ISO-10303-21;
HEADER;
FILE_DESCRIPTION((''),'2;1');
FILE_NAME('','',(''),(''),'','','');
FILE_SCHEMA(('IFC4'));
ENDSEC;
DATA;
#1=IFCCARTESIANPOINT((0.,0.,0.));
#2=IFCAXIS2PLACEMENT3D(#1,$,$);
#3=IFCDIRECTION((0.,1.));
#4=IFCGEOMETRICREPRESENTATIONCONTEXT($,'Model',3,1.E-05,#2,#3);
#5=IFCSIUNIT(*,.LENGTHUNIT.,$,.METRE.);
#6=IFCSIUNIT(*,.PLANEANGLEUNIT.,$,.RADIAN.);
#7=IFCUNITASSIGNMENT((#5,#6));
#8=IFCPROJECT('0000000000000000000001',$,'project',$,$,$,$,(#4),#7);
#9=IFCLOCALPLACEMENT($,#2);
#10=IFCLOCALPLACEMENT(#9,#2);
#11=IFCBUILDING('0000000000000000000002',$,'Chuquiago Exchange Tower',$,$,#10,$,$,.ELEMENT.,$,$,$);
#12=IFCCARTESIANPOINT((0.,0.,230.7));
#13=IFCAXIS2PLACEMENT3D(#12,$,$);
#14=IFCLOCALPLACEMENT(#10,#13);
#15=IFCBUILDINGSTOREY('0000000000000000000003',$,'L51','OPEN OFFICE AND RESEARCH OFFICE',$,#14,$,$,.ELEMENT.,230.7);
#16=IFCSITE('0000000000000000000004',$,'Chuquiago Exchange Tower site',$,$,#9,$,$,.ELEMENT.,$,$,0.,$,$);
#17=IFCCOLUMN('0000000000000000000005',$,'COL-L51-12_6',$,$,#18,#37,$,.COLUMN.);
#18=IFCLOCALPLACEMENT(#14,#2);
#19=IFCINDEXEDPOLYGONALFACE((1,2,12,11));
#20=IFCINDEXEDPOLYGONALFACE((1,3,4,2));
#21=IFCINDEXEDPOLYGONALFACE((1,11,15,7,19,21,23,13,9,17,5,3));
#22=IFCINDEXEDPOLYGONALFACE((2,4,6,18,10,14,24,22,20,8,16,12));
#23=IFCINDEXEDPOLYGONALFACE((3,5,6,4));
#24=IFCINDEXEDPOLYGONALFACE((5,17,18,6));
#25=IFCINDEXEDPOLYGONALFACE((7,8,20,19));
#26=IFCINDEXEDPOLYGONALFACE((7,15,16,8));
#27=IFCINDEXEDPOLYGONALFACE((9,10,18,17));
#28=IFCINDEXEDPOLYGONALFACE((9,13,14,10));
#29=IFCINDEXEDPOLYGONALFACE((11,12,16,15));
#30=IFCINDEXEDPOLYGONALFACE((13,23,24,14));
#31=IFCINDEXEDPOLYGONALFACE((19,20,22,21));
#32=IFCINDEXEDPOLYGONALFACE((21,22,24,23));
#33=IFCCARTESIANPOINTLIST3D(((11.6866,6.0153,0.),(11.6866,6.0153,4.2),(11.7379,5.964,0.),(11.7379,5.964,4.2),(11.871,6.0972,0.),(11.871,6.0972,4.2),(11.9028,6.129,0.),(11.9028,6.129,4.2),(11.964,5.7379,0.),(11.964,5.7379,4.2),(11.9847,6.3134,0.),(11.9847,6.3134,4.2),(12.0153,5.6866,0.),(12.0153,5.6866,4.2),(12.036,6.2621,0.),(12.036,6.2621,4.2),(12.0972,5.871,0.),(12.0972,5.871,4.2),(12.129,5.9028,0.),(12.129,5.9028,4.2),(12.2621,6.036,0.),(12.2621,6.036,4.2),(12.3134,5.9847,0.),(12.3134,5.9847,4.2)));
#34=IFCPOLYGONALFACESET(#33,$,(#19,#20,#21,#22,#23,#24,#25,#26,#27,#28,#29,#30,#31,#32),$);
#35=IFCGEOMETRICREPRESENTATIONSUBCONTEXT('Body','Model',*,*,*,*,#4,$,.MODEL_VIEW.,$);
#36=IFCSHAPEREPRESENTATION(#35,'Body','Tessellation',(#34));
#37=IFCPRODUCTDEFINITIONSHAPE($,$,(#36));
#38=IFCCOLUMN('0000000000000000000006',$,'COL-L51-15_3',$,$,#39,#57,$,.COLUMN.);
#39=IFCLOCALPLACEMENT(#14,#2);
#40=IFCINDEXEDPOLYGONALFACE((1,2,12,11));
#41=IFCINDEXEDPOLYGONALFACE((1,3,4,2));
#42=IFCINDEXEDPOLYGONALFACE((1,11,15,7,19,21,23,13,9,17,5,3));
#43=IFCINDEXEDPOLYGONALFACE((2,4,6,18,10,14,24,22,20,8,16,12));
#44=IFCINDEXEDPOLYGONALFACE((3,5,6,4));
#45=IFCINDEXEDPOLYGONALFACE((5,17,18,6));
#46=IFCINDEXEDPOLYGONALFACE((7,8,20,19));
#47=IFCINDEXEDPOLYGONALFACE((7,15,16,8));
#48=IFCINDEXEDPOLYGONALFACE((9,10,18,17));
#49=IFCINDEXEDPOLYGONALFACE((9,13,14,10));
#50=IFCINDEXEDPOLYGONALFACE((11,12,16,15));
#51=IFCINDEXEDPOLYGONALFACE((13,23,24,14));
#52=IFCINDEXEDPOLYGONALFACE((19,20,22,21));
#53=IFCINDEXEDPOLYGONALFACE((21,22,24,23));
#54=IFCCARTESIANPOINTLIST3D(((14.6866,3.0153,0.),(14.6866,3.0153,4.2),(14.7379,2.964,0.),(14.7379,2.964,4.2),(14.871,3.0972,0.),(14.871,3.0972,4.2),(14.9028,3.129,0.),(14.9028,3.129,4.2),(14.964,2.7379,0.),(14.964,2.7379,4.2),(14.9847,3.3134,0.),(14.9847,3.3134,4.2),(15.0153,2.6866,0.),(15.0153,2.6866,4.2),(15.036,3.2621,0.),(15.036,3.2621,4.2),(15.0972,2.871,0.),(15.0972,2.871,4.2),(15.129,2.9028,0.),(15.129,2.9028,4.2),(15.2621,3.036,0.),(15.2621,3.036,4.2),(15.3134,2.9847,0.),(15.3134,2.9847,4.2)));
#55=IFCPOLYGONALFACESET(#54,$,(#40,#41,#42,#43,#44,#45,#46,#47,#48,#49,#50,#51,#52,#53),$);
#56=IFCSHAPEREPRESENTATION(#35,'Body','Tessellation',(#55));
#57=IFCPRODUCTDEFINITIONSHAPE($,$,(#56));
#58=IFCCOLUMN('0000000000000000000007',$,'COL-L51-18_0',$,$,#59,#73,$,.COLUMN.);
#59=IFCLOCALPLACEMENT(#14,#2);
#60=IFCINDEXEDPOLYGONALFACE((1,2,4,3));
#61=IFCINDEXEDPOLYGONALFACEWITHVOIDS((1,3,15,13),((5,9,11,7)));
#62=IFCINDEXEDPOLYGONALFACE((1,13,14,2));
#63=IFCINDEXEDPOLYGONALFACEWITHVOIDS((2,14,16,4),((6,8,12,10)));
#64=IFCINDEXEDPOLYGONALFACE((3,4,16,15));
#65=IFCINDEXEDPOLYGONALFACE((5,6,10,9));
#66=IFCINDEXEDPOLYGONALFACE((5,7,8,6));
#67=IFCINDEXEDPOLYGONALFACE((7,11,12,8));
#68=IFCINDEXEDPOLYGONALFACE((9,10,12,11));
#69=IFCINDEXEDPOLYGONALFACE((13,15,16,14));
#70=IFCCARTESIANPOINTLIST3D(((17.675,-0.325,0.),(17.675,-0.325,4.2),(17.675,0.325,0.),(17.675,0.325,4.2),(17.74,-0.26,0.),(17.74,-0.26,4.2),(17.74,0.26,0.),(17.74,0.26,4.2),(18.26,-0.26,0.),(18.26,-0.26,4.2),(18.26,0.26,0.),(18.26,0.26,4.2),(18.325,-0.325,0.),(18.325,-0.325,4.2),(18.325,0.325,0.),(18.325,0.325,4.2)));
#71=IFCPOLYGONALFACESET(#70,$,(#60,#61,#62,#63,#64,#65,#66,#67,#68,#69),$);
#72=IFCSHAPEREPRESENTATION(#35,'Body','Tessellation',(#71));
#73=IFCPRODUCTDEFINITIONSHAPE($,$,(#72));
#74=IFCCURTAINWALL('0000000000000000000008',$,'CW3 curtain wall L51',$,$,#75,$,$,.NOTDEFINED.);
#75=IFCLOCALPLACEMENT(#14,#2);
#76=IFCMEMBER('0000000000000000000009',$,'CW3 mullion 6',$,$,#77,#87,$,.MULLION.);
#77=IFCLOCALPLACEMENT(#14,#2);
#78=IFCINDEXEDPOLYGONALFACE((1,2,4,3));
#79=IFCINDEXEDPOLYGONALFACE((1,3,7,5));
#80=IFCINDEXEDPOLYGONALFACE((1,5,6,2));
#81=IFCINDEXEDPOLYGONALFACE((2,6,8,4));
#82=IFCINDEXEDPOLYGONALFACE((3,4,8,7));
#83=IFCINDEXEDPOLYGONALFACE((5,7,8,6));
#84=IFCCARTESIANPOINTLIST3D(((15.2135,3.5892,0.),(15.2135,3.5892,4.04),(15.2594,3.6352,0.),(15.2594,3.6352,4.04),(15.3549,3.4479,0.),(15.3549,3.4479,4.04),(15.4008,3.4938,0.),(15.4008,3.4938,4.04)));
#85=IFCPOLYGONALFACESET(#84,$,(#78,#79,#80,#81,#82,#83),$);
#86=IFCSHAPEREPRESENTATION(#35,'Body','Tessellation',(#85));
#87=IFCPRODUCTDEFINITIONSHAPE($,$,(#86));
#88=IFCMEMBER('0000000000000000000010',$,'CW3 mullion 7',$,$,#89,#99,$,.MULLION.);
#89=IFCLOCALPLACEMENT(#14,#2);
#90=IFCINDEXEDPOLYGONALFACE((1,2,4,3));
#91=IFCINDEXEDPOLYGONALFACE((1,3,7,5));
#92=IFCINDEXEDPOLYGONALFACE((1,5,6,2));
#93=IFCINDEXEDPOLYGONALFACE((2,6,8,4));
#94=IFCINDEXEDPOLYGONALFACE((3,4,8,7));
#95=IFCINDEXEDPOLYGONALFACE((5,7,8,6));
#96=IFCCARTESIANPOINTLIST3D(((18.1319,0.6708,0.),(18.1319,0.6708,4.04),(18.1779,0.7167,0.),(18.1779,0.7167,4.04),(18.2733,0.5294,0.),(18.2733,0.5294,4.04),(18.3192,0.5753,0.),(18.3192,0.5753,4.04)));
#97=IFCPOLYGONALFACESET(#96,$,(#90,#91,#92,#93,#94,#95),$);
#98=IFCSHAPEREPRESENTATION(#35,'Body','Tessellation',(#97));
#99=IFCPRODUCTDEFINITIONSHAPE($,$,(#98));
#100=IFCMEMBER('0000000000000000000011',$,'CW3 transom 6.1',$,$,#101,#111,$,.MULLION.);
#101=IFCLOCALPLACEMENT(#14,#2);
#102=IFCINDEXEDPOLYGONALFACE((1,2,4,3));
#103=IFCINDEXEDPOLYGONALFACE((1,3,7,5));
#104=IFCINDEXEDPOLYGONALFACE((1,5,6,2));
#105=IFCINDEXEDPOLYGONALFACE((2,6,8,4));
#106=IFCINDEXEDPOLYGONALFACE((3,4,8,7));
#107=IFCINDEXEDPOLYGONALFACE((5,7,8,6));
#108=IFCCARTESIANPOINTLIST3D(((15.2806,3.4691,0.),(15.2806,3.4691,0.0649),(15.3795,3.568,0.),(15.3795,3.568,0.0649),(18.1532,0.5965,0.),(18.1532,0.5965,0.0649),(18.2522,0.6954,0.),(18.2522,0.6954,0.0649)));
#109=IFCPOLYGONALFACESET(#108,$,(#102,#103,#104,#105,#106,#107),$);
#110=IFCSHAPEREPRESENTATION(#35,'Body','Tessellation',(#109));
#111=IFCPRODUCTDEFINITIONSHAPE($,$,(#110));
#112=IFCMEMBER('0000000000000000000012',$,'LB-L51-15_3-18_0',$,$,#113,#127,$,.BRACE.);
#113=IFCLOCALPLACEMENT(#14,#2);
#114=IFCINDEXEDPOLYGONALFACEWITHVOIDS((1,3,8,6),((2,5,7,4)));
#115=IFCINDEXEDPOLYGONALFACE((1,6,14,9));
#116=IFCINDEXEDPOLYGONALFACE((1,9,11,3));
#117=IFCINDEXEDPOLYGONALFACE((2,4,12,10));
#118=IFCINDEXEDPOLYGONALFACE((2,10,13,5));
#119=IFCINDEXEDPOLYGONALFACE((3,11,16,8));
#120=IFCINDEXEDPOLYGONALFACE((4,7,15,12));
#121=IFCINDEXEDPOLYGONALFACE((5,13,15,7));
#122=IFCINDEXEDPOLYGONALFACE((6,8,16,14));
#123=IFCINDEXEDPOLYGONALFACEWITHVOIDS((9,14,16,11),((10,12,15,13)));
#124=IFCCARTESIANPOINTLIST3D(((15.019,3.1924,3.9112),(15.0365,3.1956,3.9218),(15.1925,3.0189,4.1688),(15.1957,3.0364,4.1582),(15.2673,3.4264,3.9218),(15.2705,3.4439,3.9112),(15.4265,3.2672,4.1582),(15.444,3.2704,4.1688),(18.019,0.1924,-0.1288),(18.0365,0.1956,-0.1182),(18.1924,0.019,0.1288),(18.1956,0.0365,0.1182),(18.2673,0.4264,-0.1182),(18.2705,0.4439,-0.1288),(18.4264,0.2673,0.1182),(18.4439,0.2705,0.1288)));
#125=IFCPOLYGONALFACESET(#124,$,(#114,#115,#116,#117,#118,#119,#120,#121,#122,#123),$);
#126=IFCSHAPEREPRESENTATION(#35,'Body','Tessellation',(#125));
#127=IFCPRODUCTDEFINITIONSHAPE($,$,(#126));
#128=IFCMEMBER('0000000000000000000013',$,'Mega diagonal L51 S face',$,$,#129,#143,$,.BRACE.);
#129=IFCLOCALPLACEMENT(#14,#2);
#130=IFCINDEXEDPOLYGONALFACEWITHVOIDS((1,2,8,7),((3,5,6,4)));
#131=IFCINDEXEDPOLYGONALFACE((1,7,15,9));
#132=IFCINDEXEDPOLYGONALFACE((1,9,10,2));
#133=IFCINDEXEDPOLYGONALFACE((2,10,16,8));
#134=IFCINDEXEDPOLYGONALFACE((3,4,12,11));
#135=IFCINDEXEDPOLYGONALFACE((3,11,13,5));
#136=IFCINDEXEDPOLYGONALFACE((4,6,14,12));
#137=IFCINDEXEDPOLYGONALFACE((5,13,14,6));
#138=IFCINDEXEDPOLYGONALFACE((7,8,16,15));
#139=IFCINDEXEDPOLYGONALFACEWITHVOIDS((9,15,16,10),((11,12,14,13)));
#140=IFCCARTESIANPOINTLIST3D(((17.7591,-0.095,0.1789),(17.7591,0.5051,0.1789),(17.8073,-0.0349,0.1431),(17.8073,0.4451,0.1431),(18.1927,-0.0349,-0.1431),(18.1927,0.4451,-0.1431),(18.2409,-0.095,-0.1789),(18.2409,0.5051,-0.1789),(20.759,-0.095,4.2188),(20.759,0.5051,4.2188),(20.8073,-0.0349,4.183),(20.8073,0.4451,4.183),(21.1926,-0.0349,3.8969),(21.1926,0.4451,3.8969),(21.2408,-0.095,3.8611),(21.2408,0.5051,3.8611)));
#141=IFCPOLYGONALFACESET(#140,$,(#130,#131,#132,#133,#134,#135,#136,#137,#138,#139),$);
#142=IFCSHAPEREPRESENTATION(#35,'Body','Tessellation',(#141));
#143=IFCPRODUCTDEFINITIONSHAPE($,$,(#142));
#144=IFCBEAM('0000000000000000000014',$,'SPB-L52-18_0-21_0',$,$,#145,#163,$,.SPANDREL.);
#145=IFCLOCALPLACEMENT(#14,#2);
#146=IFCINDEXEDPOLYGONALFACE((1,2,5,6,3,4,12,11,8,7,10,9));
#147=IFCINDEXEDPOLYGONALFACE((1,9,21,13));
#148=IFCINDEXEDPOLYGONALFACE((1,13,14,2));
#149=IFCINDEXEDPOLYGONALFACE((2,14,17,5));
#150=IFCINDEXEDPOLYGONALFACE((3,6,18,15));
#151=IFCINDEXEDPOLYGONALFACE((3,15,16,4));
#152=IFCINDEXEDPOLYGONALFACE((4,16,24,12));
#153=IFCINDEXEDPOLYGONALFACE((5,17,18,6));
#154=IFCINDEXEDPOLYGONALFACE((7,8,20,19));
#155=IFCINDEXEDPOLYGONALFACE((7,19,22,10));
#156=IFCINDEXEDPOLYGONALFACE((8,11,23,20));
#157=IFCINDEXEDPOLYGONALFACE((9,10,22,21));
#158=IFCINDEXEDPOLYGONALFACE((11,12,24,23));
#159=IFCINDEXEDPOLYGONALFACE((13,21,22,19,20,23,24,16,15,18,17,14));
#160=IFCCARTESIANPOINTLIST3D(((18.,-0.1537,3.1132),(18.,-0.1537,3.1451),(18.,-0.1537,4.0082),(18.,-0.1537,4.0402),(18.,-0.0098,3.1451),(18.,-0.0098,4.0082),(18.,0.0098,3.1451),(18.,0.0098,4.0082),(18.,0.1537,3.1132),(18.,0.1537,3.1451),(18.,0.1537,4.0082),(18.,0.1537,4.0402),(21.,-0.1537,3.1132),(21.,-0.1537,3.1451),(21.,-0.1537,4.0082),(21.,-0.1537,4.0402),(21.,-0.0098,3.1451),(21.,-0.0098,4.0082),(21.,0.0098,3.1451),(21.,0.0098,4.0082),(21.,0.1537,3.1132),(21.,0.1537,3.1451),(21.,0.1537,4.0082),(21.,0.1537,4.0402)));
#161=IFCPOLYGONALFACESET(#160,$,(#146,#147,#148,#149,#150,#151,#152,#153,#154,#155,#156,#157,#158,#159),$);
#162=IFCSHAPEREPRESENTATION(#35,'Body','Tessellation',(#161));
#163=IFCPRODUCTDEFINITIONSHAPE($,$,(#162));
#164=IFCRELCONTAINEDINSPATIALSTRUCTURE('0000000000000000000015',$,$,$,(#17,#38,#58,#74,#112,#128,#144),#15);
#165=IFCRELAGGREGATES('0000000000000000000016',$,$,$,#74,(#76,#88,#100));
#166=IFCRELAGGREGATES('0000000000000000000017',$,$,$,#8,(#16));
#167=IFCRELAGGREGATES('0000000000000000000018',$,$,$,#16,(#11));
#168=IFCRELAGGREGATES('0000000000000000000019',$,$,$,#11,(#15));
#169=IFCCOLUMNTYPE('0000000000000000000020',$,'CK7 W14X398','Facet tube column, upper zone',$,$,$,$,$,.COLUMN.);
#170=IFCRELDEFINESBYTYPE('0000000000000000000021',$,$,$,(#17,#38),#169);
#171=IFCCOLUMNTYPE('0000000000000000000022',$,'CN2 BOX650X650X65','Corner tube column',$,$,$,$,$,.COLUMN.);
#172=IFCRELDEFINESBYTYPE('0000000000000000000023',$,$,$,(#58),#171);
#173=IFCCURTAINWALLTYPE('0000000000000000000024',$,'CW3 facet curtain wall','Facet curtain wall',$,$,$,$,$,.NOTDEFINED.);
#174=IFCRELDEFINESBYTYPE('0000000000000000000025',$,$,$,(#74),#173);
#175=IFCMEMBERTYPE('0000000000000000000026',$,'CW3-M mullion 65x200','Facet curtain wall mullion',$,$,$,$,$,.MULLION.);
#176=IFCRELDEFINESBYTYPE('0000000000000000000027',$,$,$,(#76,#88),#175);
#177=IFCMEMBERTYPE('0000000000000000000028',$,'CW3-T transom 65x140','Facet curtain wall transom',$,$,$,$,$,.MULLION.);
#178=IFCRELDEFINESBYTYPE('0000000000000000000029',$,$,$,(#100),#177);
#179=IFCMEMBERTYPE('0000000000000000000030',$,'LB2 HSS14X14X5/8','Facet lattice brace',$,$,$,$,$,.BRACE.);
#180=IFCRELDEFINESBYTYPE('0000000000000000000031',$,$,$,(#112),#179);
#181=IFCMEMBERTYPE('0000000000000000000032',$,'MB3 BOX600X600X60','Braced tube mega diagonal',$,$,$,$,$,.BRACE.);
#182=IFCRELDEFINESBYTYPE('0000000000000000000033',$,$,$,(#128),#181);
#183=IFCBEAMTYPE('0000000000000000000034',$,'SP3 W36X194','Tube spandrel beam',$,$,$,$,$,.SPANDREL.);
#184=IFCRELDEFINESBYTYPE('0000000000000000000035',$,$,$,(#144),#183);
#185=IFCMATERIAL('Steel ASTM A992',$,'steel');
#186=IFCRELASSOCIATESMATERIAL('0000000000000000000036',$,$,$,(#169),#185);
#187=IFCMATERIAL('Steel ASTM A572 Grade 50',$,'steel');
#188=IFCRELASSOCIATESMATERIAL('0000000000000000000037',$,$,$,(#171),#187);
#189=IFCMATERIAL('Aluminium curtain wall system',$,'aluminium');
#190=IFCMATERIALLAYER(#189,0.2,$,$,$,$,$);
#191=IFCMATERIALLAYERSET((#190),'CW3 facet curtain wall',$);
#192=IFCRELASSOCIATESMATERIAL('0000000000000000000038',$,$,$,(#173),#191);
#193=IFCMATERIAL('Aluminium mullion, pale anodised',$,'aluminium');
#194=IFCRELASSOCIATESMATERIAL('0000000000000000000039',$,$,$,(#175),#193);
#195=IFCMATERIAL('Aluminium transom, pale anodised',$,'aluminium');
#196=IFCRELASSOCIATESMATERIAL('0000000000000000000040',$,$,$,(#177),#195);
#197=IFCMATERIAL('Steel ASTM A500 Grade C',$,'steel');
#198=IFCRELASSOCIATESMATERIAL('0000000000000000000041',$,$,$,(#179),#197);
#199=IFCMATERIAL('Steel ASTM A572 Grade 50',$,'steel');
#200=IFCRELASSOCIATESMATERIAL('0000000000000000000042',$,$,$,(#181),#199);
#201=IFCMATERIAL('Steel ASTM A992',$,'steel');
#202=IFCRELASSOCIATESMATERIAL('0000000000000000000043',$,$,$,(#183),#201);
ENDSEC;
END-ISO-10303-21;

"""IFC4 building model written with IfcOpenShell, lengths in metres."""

from ifc_helpers import new_model, si_unit, direction, frame, origin, origin_2d, place, context, subcontext, project, spatial, rectangle, hollow_rectangle, i_section, extrude, material, layer, layer_set, material_profile, profile_set, type_object, element, aggregate, save


model = new_model("IFC4")

# Units and contexts
model_context = context("Model", 3, precision=1e-05, world=origin(), true_north=direction((0.0, 1.0)))
body_context = subcontext(model_context, "Body", "Model", "MODEL_VIEW")
ifc_project = project(units=[si_unit("LENGTHUNIT", "METRE"), si_unit("PLANEANGLEUNIT", "RADIAN")], contexts=[model_context])

# Site, building, storey
site_placement = place(None, origin())
site = spatial("IfcSite", under=ifc_project, at=site_placement, Name="Chuquiago Exchange Tower site", CompositionType="ELEMENT", RefElevation=0.0)
building_placement = place(site_placement, origin())
building = spatial("IfcBuilding", under=site, at=building_placement, Name="Chuquiago Exchange Tower", CompositionType="ELEMENT")
storey_placement = place(building_placement, frame((0.0, 0.0, 230.7)))
storey = spatial("IfcBuildingStorey", under=building, at=storey_placement, Name="L51", Description="OPEN OFFICE AND RESEARCH OFFICE", CompositionType="ELEMENT", Elevation=230.7)

# Columns
ifc_material_1 = material(Name="Steel ASTM A992", Category="steel")
ifc_material_profile_1 = material_profile(ifc_material_1, i_section(OverallWidth=0.4216, OverallDepth=0.4648, WebThickness=0.0449, FlangeThickness=0.0725, at=origin_2d()), Name="W14X398")
ifc_profile_set_1 = profile_set([ifc_material_profile_1], Name="Steel ASTM A992")
column_type_1 = type_object("IfcColumnType", Name="CK7 W14X398", Description="Facet tube column, upper zone", PredefinedType="COLUMN", material=ifc_profile_set_1)
for number, where, z_axis, x_axis, name in (
    (1, (12.0, 6.0, 0.0), (0.0, 0.0, 1.0), (-0.707107, -0.707107, 0.0), "COL-L51-12_6"),
    (2, (15.0, 3.0, 0.0), (0.0, 0.0, 1.0), (-0.707107, -0.707107, 0.0), "COL-L51-15_3"),
):
    element("IfcColumn", number, at=place(storey_placement, frame(where, z_axis=z_axis, x_axis=x_axis)), inside=storey, type_object=column_type_1, Name=name, PredefinedType="COLUMN", context=body_context, shape_type="SweptSolid", body=[
        extrude(i_section(OverallWidth=0.4216, OverallDepth=0.4648, WebThickness=0.0449, FlangeThickness=0.0725, at=origin_2d()), origin(), (0.0, 0.0, 1.0), 4.2),
    ])
ifc_material_2 = material(Name="Steel ASTM A572 Grade 50", Category="steel")
ifc_material_profile_2 = material_profile(ifc_material_2, hollow_rectangle(XDim=0.6499, YDim=0.6499, WallThickness=0.0649, at=origin_2d()), Name="BOX650X650X65")
ifc_profile_set_2 = profile_set([ifc_material_profile_2], Name="Steel ASTM A572 Grade 50")
column_type_2 = type_object("IfcColumnType", Name="CN2 BOX650X650X65", Description="Corner tube column", PredefinedType="COLUMN", material=ifc_profile_set_2)
column_placement = place(storey_placement, frame((18.0, 0.0, 0.0), z_axis=(0.0, 0.0, 1.0), x_axis=(0.0, -1.0, 0.0)))
element("IfcColumn", 3, at=column_placement, inside=storey, type_object=column_type_2, Name="COL-L51-18_0", PredefinedType="COLUMN", context=body_context, shape_type="SweptSolid", body=[
    extrude(hollow_rectangle(XDim=0.6499, YDim=0.6499, WallThickness=0.0649, at=origin_2d()), origin(), (0.0, 0.0, 1.0), 4.2),
])

# Curtain wall, members
ifc_material_3 = material(Name="Aluminium curtain wall system", Category="aluminium")
ifc_layer_1 = layer(ifc_material_3, 0.2)
ifc_layer_set_1 = layer_set([ifc_layer_1], Name="CW3 facet curtain wall")
curtain_wall_type = type_object("IfcCurtainWallType", Name="CW3 facet curtain wall", Description="Facet curtain wall", PredefinedType="NOTDEFINED", material=ifc_layer_set_1)
curtain_wall_placement = place(storey_placement, origin())
curtain_wall = element("IfcCurtainWall", 4, at=curtain_wall_placement, inside=storey, type_object=curtain_wall_type, Name="CW3 curtain wall L51", PredefinedType="NOTDEFINED")
ifc_material_4 = material(Name="Aluminium mullion, pale anodised", Category="aluminium")
ifc_material_profile_3 = material_profile(ifc_material_4, rectangle(XDim=0.0649, YDim=0.2, at=origin_2d()), Name="AL 65x200")
ifc_profile_set_3 = profile_set([ifc_material_profile_3], Name="Aluminium mullion, pale anodised")
member_type_1 = type_object("IfcMemberType", Name="CW3-M mullion 65x200", Description="Facet curtain wall mullion", PredefinedType="MULLION", material=ifc_profile_set_3)
member_1_placement = place(storey_placement, frame((15.3071, 3.5415, 0.0), z_axis=(0.0, 0.0, 1.0), x_axis=(0.707107, 0.707107, 0.0)))
member_1 = element("IfcMember", 5, at=member_1_placement, type_object=member_type_1, Name="CW3 mullion 6", PredefinedType="MULLION", context=body_context, shape_type="SweptSolid", body=[
    extrude(rectangle(XDim=0.0649, YDim=0.2, at=origin_2d()), origin(), (0.0, 0.0, 1.0), 4.04),
])
member_2_placement = place(storey_placement, frame((18.2256, 0.623, 0.0), z_axis=(0.0, 0.0, 1.0), x_axis=(0.707107, 0.707107, 0.0)))
member_2 = element("IfcMember", 6, at=member_2_placement, type_object=member_type_1, Name="CW3 mullion 7", PredefinedType="MULLION", context=body_context, shape_type="SweptSolid", body=[
    extrude(rectangle(XDim=0.0649, YDim=0.2, at=origin_2d()), origin(), (0.0, 0.0, 1.0), 4.04),
])
ifc_material_5 = material(Name="Aluminium transom, pale anodised", Category="aluminium")
ifc_material_profile_4 = material_profile(ifc_material_5, rectangle(XDim=0.1399, YDim=0.0649, at=origin_2d()), Name="AL 140x65")
ifc_profile_set_4 = profile_set([ifc_material_profile_4], Name="Aluminium transom, pale anodised")
member_type_2 = type_object("IfcMemberType", Name="CW3-T transom 65x140", Description="Facet curtain wall transom", PredefinedType="MULLION", material=ifc_profile_set_4)
member_3_placement = place(storey_placement, frame((15.3301, 3.5186, 0.0325), z_axis=(0.707107, -0.707107, 0.0), x_axis=(0.707107, 0.707107, 0.0)))
member_3 = element("IfcMember", 7, at=member_3_placement, type_object=member_type_2, Name="CW3 transom 6.1", PredefinedType="MULLION", context=body_context, shape_type="SweptSolid", body=[
    extrude(rectangle(XDim=0.1399, YDim=0.0649, at=origin_2d()), origin(), (0.0, 0.0, 1.0), 4.0625),
])

# Members
ifc_material_6 = material(Name="Steel ASTM A500 Grade C", Category="steel")
ifc_material_profile_5 = material_profile(ifc_material_6, hollow_rectangle(XDim=0.3557, YDim=0.3557, WallThickness=0.0146, at=origin_2d()), Name="HSS14X14X5/8")
ifc_profile_set_5 = profile_set([ifc_material_profile_5], Name="Steel ASTM A500 Grade C")
member_type_3 = type_object("IfcMemberType", Name="LB2 HSS14X14X5/8", Description="Facet lattice brace", PredefinedType="BRACE", material=ifc_profile_set_5)
member_4_placement = place(storey_placement, frame((18.2314, 0.2314, 0.0), z_axis=(-0.512077, 0.512077, 0.689604), x_axis=(-0.707107, -0.707107, 0.0)))
element("IfcMember", 8, at=member_4_placement, inside=storey, type_object=member_type_3, Name="LB-L51-15_3-18_0", PredefinedType="BRACE", context=body_context, shape_type="SweptSolid", body=[
    extrude(hollow_rectangle(XDim=0.3557, YDim=0.3557, WallThickness=0.0146, at=origin_2d()), origin(), (0.0, 0.0, 1.0), 5.8584),
])
ifc_material_7 = material(Name="Steel ASTM A572 Grade 50", Category="steel")
ifc_material_profile_6 = material_profile(ifc_material_7, hollow_rectangle(XDim=0.6001, YDim=0.6001, WallThickness=0.0601, at=origin_2d()), Name="BOX600X600X60")
ifc_profile_set_6 = profile_set([ifc_material_profile_6], Name="Steel ASTM A572 Grade 50")
member_type_4 = type_object("IfcMemberType", Name="MB3 BOX600X600X60", Description="Braced tube mega diagonal", PredefinedType="BRACE", material=ifc_profile_set_6)
member_5_placement = place(storey_placement, frame((18.0, 0.2051, 0.0), z_axis=(0.596174, 0.0, 0.802855), x_axis=(0.0, 1.0, 0.0)))
element("IfcMember", 9, at=member_5_placement, inside=storey, type_object=member_type_4, Name="Mega diagonal L51 S face", PredefinedType="BRACE", context=body_context, shape_type="SweptSolid", body=[
    extrude(hollow_rectangle(XDim=0.6001, YDim=0.6001, WallThickness=0.0601, at=origin_2d()), origin(), (0.0, 0.0, 1.0), 5.032),
])

# Beam
ifc_material_8 = material(Name="Steel ASTM A992", Category="steel")
ifc_material_profile_7 = material_profile(ifc_material_8, i_section(OverallWidth=0.3074, OverallDepth=0.927, WebThickness=0.0195, FlangeThickness=0.032, at=origin_2d()), Name="W36X194")
ifc_profile_set_7 = profile_set([ifc_material_profile_7], Name="Steel ASTM A992")
beam_type = type_object("IfcBeamType", Name="SP3 W36X194", Description="Tube spandrel beam", PredefinedType="SPANDREL", material=ifc_profile_set_7)
beam_placement = place(storey_placement, frame((18.0, 0.0, 3.5767), z_axis=(1.0, 0.0, 0.0), x_axis=(0.0, 1.0, 0.0)))
element("IfcBeam", 10, at=beam_placement, inside=storey, type_object=beam_type, Name="SPB-L52-18_0-21_0", PredefinedType="SPANDREL", context=body_context, shape_type="SweptSolid", body=[
    extrude(i_section(OverallWidth=0.3074, OverallDepth=0.927, WebThickness=0.0195, FlangeThickness=0.032, at=origin_2d()), origin(), (0.0, 0.0, 1.0), 3.0),
])

aggregate(curtain_wall, [member_1, member_2, member_3])

save(model, "model.ifc")
